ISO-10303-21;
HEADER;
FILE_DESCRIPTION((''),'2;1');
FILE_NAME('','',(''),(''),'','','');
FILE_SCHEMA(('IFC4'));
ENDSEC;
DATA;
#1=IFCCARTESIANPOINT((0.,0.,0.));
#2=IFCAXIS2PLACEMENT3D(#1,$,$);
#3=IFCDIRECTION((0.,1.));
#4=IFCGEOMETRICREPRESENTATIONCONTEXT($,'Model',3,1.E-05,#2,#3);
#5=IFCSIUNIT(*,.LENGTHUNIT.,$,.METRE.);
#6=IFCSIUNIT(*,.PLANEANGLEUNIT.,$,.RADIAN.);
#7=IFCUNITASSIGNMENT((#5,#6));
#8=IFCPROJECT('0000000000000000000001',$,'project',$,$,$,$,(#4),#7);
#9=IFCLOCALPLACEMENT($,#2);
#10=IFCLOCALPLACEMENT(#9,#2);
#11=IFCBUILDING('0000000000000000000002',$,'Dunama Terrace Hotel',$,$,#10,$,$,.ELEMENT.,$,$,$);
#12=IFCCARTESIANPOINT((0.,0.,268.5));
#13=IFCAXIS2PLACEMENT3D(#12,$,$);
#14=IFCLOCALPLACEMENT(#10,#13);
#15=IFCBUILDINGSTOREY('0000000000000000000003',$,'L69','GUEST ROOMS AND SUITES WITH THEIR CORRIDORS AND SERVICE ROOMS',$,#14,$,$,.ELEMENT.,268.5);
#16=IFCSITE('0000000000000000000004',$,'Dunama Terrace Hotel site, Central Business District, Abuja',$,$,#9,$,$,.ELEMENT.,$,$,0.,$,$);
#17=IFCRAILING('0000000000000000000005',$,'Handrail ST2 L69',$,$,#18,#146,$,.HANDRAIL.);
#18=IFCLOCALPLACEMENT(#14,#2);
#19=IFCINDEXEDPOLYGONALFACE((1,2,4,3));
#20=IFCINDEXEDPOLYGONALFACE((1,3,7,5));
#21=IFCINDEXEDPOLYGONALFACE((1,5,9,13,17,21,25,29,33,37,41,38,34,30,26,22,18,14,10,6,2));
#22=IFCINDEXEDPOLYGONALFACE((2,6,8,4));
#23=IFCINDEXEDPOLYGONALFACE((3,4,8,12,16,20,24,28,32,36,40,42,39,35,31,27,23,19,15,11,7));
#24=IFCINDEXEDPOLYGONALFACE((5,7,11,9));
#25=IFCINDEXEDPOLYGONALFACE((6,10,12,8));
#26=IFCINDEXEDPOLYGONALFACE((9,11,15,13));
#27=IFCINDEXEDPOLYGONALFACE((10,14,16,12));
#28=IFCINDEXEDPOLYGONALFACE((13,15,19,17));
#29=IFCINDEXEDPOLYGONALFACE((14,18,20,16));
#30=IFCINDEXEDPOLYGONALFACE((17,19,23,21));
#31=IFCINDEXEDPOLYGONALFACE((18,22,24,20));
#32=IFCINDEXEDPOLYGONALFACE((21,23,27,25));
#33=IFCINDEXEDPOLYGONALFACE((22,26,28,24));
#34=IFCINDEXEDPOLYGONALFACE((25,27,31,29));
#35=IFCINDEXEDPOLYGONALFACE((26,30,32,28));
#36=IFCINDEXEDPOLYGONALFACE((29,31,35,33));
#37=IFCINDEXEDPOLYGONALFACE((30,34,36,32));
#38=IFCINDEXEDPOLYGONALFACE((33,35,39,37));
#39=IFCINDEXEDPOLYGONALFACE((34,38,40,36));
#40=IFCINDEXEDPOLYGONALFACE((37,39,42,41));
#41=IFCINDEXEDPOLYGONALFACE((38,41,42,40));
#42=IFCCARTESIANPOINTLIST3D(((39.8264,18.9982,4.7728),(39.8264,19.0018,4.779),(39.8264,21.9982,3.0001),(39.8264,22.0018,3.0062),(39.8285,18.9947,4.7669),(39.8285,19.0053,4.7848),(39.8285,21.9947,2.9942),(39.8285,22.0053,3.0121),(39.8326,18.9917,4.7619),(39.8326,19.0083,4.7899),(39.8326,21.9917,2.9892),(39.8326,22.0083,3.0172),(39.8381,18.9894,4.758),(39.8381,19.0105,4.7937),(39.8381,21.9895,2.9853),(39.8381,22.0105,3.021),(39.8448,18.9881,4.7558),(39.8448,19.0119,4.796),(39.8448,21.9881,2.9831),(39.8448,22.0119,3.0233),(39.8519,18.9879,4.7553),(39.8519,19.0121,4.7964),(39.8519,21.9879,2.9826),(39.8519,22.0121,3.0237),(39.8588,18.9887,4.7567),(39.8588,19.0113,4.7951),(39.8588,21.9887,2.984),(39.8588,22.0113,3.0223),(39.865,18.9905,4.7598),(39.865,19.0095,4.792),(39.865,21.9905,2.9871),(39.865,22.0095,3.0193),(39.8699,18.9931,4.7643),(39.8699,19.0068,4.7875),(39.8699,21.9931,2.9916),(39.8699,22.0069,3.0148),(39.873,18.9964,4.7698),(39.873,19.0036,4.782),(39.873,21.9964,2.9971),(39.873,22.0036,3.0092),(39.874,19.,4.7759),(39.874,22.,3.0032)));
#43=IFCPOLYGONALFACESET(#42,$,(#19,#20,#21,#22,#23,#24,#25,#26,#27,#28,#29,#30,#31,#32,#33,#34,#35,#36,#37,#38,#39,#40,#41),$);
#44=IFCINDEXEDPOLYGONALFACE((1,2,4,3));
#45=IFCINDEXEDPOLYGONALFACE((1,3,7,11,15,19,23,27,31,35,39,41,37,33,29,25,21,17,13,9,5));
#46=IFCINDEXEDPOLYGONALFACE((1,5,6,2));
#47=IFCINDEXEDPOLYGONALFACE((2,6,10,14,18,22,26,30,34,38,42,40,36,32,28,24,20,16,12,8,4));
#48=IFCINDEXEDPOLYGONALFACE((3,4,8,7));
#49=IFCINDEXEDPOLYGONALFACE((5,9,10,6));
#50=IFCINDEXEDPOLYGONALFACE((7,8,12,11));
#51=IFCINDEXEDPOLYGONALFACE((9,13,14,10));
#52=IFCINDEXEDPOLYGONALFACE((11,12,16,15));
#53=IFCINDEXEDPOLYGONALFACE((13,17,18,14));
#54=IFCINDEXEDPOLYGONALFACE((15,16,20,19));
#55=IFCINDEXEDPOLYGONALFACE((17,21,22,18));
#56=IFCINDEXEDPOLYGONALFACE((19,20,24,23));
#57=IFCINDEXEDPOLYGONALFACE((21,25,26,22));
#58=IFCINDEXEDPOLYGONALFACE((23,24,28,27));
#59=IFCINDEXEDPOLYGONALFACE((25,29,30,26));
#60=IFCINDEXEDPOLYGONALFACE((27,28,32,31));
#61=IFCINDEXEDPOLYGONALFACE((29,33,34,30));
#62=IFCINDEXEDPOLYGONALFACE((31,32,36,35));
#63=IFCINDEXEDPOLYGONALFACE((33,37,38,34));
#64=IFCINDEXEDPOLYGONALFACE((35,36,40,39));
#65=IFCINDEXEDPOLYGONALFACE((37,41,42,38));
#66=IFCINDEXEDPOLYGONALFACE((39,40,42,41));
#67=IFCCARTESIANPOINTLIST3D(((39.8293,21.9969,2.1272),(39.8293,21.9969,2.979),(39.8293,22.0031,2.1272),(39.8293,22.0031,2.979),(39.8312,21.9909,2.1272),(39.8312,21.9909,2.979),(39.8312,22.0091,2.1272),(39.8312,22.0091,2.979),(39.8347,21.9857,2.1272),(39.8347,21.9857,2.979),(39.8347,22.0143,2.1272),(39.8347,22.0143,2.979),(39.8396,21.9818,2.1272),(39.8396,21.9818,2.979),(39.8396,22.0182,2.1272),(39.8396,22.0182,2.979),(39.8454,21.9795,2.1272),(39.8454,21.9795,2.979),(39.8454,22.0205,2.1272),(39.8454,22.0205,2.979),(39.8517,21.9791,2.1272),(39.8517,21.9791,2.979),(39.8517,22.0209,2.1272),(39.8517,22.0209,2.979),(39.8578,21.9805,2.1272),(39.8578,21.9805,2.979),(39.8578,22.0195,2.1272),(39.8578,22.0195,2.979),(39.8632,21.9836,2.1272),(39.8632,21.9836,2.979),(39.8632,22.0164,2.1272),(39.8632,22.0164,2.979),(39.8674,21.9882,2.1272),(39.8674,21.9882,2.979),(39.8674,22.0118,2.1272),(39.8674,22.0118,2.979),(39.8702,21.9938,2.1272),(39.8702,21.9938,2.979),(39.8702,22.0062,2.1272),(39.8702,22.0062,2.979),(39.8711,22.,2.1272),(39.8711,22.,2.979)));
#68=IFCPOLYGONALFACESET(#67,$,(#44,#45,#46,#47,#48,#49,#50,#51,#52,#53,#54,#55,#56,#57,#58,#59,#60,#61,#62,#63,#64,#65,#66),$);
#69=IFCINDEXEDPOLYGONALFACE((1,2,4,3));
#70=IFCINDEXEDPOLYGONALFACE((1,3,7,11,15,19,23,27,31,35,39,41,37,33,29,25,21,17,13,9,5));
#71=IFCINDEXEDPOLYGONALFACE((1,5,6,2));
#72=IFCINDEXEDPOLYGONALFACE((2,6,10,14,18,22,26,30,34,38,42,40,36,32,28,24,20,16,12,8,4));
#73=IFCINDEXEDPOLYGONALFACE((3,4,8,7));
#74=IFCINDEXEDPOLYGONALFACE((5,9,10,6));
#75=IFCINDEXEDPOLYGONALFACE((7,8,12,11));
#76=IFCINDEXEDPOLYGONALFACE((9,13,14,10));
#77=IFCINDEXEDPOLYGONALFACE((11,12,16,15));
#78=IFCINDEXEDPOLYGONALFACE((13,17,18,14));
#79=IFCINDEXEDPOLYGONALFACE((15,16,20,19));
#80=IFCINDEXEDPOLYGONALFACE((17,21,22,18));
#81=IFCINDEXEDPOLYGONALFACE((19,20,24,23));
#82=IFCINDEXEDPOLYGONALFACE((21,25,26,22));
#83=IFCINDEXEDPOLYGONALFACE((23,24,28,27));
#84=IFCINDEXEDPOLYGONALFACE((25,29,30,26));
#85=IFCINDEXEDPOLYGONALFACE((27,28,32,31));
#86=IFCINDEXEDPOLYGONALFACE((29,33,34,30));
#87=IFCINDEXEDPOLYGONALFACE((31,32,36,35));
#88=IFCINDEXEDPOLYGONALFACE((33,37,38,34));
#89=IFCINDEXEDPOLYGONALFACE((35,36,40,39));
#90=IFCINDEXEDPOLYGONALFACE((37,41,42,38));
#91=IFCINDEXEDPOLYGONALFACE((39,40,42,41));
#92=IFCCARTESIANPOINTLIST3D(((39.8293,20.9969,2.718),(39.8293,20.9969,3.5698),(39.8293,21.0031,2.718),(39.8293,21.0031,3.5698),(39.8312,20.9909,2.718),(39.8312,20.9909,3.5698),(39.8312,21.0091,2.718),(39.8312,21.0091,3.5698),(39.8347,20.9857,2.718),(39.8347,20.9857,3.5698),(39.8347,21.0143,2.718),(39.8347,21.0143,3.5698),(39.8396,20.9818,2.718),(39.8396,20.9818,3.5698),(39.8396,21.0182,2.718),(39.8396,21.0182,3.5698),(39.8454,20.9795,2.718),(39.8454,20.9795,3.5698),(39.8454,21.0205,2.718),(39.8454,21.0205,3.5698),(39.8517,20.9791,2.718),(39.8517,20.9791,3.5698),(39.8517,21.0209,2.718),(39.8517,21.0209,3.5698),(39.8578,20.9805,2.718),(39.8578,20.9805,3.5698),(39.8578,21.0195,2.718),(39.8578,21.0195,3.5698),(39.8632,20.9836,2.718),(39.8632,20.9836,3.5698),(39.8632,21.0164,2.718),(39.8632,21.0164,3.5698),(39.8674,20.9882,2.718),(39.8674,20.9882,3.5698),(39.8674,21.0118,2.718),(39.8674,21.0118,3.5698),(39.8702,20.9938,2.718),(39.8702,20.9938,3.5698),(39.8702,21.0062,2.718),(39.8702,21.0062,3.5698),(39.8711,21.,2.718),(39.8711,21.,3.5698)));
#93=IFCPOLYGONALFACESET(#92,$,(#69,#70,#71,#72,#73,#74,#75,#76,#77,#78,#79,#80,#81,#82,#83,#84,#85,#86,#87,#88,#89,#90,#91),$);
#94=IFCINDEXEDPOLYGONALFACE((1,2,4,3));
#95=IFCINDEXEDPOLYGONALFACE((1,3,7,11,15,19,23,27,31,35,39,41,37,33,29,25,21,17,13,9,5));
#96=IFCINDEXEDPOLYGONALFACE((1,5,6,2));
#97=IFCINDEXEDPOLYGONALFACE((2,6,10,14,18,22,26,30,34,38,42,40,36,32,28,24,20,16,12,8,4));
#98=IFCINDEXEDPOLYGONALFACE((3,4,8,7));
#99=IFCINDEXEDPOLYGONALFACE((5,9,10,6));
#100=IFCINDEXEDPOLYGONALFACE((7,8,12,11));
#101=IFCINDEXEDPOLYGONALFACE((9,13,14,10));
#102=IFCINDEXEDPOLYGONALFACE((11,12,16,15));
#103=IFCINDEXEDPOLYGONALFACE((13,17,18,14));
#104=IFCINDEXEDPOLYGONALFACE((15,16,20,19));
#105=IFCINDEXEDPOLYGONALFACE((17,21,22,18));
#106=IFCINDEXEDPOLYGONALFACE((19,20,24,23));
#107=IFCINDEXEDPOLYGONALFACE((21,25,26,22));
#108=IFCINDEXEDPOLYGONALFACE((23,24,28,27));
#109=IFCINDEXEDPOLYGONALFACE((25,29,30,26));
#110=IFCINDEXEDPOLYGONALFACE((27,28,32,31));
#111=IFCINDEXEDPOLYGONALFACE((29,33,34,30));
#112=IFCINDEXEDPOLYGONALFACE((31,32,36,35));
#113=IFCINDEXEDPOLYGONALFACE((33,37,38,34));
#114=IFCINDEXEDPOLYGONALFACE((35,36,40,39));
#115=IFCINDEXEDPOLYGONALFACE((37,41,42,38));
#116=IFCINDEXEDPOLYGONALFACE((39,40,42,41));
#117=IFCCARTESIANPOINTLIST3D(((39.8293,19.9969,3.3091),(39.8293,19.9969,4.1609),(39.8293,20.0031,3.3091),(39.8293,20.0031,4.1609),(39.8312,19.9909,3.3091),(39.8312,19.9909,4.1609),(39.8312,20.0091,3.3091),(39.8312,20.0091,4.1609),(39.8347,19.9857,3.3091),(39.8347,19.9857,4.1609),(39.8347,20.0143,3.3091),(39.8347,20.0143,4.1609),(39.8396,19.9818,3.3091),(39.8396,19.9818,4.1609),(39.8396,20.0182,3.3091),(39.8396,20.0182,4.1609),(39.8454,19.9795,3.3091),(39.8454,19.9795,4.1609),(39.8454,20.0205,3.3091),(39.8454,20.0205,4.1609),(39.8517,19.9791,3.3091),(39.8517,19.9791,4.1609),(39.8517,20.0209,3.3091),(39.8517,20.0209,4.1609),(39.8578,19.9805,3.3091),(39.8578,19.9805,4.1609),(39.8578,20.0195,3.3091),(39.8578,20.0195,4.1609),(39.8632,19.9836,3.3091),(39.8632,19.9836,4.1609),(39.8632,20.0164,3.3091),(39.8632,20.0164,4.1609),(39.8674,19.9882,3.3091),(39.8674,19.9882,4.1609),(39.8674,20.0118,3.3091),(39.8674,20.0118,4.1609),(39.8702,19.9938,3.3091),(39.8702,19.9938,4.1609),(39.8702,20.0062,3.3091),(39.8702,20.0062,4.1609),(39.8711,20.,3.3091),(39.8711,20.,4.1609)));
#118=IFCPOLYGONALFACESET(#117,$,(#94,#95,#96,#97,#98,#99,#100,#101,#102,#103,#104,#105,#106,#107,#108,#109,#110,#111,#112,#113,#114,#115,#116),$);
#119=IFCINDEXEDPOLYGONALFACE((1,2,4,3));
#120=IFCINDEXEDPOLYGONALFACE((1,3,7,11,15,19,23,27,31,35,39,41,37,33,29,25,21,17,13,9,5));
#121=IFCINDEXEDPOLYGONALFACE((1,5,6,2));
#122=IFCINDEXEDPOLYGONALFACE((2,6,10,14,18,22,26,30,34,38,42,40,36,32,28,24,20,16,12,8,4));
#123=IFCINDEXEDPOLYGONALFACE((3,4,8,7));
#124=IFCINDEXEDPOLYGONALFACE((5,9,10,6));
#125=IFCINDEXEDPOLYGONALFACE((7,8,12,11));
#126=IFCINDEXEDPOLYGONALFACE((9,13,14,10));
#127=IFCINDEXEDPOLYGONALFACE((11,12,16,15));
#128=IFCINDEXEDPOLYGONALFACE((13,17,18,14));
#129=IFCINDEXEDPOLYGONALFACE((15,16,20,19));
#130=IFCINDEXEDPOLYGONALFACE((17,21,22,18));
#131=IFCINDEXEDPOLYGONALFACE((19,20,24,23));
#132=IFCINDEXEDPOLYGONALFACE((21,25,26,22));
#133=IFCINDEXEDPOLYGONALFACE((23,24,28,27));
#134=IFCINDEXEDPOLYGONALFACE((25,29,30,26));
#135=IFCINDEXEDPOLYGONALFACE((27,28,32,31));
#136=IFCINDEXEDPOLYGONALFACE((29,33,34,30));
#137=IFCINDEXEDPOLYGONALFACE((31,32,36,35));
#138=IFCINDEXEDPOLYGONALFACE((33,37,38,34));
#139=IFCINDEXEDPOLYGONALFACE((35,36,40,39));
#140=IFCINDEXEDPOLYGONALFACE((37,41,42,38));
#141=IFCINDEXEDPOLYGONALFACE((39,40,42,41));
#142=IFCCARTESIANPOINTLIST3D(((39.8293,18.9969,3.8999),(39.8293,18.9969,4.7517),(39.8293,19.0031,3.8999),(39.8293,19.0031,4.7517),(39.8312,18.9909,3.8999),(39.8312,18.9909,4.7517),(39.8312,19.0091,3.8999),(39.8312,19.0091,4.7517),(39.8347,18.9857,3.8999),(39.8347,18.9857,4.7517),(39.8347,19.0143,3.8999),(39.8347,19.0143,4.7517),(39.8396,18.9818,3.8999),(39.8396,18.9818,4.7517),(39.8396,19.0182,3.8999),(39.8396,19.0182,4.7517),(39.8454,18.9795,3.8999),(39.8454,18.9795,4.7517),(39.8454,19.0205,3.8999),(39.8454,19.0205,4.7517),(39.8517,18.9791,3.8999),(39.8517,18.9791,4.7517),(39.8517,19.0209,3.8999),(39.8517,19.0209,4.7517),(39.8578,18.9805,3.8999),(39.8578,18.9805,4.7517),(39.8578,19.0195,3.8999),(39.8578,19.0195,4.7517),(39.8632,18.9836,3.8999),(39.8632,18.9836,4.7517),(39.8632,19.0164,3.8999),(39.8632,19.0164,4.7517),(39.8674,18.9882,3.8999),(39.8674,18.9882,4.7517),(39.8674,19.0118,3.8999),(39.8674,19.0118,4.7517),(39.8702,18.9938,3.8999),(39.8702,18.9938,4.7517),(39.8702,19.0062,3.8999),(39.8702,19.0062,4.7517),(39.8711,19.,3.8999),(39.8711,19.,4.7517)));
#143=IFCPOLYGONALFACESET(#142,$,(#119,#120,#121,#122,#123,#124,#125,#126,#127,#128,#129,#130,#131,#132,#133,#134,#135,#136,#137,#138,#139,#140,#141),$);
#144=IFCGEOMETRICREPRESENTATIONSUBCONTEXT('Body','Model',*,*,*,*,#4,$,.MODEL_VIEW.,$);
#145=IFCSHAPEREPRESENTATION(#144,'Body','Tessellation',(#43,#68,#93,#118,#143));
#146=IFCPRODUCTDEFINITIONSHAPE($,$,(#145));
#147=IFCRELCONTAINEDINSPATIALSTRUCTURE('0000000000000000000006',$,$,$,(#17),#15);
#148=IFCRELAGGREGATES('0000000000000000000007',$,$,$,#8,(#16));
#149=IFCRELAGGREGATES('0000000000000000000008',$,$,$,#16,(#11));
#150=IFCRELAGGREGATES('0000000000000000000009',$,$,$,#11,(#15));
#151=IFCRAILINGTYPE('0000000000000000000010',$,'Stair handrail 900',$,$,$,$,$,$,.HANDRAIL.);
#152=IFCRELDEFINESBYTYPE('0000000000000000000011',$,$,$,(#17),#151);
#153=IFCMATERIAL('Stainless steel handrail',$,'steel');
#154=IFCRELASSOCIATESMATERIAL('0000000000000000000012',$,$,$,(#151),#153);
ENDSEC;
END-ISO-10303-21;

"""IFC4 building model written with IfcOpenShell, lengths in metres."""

from ifc_helpers import new_model, si_unit, direction, frame, origin, origin_2d, place, context, subcontext, project, spatial, circle, extrude, material, type_object, element, save


model = new_model("IFC4")

# Units and contexts
model_context = context("Model", 3, precision=1e-05, world=origin(), true_north=direction((0.0, 1.0)))
body_context = subcontext(model_context, "Body", "Model", "MODEL_VIEW")
ifc_project = project(units=[si_unit("LENGTHUNIT", "METRE"), si_unit("PLANEANGLEUNIT", "RADIAN")], contexts=[model_context])

# Site, building, storey
site_placement = place(None, origin())
site = spatial("IfcSite", under=ifc_project, at=site_placement, Name="Dunama Terrace Hotel site, Central Business District, Abuja", CompositionType="ELEMENT", RefElevation=0.0)
building_placement = place(site_placement, origin())
building = spatial("IfcBuilding", under=site, at=building_placement, Name="Dunama Terrace Hotel", CompositionType="ELEMENT")
storey_placement = place(building_placement, frame((0.0, 0.0, 268.5)))
storey = spatial("IfcBuildingStorey", under=building, at=storey_placement, Name="L69", Description="GUEST ROOMS AND SUITES WITH THEIR CORRIDORS AND SERVICE ROOMS", CompositionType="ELEMENT", Elevation=268.5)

# Railing
ifc_material_1 = material(Name="Stainless steel handrail", Category="steel")
railing_type_1 = type_object("IfcRailingType", Name="Stair handrail 900", PredefinedType="HANDRAIL", material=ifc_material_1)
railing_1_placement = place(storey_placement, frame((39.8501, 22.0, 2.1272)))
element("IfcRailing", 1, at=railing_1_placement, inside=storey, type_object=railing_type_1, Name="Handrail ST2 L69", PredefinedType="HANDRAIL", context=body_context, shape_type="SweptSolid", body=[
    extrude(circle(Radius=0.0239, at=origin_2d()), frame((0.0, 0.0, 0.876), z_axis=(0.0, -0.860929, 0.508725), x_axis=(1.0, 0.0, 0.0)), (0.0, 0.0, 1.0), 3.4846),
    extrude(circle(Radius=0.021, at=origin_2d()), origin(), (0.0, 0.0, 1.0), 0.8518),
    extrude(circle(Radius=0.021, at=origin_2d()), frame((0.0, -1.0, 0.5908)), (0.0, 0.0, 1.0), 0.8518),
    extrude(circle(Radius=0.021, at=origin_2d()), frame((0.0, -2.0, 1.1819)), (0.0, 0.0, 1.0), 0.8518),
    extrude(circle(Radius=0.021, at=origin_2d()), frame((0.0, -3.0, 1.7727)), (0.0, 0.0, 1.0), 0.8518),
])

save(model, "model.ifc")
